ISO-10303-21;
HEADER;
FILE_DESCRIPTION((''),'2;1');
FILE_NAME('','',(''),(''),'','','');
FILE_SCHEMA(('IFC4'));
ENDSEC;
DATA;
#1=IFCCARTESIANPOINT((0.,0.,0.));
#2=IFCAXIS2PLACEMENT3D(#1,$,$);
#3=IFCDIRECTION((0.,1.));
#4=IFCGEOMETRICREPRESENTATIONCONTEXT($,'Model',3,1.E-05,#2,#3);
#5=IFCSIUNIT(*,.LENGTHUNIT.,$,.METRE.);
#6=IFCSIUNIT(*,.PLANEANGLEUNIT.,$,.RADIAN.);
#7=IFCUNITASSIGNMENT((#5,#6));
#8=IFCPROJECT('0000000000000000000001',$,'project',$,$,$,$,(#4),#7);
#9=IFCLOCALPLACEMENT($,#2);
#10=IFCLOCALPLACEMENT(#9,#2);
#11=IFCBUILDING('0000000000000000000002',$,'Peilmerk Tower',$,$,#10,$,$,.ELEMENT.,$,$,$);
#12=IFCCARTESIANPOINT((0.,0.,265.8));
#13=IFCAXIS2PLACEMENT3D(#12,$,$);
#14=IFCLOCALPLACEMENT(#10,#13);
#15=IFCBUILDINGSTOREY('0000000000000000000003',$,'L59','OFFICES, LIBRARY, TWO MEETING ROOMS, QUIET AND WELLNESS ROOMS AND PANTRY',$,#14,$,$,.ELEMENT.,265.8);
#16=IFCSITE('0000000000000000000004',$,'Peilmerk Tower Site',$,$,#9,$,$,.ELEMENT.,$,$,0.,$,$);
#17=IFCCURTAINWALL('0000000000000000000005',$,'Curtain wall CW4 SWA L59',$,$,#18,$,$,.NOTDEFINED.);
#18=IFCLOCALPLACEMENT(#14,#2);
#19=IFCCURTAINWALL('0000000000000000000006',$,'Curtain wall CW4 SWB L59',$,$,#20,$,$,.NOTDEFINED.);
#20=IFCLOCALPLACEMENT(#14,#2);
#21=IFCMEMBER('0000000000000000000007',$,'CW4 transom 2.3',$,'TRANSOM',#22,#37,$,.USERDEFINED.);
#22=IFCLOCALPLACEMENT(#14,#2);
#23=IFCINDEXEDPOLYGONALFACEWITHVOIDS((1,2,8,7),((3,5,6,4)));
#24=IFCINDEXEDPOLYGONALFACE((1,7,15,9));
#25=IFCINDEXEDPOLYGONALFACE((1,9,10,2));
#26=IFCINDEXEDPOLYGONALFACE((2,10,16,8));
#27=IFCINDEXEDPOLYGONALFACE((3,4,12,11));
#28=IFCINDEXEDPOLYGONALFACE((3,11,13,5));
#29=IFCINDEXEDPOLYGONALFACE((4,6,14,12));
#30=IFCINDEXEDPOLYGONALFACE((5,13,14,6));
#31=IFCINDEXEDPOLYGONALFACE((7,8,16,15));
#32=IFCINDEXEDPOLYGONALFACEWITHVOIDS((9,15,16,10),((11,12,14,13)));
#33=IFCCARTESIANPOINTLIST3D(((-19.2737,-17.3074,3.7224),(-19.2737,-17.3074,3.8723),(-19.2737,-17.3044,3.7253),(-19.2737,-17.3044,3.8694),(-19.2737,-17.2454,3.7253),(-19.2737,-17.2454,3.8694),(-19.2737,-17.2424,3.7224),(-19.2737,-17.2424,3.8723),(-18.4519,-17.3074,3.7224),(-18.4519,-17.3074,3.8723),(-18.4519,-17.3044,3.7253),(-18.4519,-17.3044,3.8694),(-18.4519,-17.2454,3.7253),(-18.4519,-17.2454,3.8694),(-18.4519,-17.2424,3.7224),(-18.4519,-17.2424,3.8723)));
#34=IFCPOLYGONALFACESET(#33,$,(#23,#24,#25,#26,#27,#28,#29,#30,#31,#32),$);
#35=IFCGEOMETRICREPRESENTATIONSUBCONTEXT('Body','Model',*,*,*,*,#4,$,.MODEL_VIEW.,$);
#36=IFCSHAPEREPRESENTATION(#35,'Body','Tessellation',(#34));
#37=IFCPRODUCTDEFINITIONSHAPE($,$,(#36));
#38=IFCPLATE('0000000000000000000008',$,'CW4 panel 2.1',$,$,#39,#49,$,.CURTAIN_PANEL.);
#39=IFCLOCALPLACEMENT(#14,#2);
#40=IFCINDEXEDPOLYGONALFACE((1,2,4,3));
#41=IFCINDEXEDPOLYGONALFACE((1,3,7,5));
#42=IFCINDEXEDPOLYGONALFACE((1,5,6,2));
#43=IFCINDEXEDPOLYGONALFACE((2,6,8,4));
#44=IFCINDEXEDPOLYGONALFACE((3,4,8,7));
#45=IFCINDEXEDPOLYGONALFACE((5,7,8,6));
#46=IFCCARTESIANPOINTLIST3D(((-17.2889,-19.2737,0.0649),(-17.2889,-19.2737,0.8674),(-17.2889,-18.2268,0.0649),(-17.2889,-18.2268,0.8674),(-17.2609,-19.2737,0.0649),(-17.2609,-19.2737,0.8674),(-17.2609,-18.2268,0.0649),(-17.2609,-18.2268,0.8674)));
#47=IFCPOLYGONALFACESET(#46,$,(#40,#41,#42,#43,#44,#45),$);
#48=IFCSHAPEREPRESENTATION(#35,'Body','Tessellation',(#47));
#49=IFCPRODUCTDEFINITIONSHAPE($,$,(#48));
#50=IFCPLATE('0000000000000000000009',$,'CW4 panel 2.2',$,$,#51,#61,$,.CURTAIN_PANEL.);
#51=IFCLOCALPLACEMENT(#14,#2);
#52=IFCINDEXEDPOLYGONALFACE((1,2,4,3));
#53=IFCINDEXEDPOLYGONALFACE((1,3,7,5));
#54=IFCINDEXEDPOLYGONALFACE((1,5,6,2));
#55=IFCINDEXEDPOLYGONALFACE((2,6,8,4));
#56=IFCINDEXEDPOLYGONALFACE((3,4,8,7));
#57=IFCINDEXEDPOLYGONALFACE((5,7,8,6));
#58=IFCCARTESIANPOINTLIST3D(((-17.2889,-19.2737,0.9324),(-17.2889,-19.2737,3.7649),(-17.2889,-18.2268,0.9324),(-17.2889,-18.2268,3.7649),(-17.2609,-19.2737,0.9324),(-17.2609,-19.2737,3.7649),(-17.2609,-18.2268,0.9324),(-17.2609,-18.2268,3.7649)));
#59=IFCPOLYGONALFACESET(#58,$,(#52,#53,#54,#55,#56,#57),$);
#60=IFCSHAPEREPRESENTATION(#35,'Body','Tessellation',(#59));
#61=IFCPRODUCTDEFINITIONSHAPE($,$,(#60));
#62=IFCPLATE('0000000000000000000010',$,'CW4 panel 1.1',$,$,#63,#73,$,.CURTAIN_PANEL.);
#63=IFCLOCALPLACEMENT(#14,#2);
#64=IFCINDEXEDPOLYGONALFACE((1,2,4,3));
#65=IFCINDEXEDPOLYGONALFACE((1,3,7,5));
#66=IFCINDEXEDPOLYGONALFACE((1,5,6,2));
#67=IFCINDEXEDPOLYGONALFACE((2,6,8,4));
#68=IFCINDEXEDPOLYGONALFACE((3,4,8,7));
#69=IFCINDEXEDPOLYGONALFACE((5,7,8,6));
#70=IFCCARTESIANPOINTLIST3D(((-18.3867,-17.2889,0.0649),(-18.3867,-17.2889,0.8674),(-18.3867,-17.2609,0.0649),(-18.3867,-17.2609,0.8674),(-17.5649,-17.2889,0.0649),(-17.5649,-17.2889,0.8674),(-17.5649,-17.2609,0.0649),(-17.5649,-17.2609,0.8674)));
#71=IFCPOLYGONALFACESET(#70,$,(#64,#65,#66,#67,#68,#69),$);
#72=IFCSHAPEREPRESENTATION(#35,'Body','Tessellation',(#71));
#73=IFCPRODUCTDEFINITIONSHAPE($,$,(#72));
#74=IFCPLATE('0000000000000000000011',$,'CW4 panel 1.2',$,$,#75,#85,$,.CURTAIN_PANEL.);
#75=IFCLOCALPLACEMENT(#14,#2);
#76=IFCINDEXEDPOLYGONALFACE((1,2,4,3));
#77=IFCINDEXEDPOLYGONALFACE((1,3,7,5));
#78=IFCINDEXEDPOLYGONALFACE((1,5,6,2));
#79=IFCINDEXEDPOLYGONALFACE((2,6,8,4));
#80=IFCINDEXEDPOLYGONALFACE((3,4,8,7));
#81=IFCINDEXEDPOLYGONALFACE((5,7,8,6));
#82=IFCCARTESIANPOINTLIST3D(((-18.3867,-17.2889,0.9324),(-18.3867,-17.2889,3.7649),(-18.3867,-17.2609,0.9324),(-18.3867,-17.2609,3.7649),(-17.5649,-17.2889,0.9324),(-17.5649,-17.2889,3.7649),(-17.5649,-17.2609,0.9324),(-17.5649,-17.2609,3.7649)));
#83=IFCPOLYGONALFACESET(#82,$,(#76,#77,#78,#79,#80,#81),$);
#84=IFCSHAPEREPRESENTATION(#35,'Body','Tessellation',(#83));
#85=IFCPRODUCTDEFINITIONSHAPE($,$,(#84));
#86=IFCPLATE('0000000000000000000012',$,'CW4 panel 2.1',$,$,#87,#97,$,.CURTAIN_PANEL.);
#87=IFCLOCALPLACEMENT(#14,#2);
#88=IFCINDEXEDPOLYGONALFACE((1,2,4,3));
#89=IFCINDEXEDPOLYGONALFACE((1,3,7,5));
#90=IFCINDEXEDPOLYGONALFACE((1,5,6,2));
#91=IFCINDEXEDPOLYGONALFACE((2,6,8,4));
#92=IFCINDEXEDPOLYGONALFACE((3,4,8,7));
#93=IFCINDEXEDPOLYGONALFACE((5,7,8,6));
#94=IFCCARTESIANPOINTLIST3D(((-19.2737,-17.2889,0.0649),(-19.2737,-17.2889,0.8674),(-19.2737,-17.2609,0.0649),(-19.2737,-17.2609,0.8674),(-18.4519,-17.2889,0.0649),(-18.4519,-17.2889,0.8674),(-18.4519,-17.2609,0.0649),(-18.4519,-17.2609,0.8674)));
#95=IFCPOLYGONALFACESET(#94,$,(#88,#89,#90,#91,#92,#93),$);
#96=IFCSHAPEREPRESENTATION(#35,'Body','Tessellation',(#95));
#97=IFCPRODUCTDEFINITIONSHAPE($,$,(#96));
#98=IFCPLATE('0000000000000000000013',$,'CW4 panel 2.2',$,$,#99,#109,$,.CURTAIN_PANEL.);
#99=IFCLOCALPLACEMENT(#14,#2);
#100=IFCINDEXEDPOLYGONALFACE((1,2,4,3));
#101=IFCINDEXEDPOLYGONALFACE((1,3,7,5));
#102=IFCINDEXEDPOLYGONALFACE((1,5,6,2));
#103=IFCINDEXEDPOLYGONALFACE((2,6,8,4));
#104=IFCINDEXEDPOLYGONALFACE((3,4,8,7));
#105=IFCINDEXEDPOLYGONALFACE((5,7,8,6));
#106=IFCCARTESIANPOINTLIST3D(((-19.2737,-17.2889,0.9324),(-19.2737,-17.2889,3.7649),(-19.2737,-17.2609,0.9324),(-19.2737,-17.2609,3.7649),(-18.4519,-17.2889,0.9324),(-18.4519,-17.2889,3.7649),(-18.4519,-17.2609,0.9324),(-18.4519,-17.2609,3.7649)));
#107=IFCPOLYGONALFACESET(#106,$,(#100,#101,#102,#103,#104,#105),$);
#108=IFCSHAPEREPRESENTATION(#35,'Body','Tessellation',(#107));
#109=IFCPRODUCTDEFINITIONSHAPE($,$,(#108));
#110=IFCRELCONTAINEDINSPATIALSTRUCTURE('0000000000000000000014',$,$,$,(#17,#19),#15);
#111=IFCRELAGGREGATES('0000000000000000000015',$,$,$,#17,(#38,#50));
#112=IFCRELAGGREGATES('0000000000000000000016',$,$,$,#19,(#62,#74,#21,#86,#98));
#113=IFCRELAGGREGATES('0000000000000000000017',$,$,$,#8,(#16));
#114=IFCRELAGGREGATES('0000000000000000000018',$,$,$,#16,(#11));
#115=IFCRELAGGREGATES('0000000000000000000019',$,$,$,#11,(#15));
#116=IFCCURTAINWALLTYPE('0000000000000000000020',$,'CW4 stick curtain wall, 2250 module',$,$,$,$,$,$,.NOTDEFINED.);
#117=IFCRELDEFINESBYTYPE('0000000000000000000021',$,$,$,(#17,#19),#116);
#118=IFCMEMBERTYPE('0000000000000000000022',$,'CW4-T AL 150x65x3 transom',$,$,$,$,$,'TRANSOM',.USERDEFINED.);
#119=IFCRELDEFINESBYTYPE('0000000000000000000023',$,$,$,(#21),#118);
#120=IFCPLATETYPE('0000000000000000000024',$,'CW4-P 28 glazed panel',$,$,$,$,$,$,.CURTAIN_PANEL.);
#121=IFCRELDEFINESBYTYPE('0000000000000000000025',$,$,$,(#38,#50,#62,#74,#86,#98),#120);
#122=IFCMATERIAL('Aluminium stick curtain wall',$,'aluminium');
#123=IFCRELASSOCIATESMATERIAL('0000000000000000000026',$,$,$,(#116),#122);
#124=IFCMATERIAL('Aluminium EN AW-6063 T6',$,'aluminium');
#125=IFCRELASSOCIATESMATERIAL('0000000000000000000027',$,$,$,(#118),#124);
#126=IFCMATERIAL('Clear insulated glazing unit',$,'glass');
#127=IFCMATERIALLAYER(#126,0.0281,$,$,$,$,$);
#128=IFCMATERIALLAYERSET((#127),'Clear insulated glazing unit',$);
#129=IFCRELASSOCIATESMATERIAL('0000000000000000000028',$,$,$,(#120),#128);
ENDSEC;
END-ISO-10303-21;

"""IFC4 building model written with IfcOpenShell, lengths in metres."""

from ifc_helpers import new_model, si_unit, direction, frame, origin, origin_2d, place, context, subcontext, project, spatial, rectangle, hollow_rectangle, extrude, material, layer, layer_set, material_profile, profile_set, type_object, element, aggregate, save


model = new_model("IFC4")

# Units and contexts
model_context = context("Model", 3, precision=1e-05, world=origin(), true_north=direction((0.0, 1.0)))
body_context = subcontext(model_context, "Body", "Model", "MODEL_VIEW")
ifc_project = project(units=[si_unit("LENGTHUNIT", "METRE"), si_unit("PLANEANGLEUNIT", "RADIAN")], contexts=[model_context])

# Site, building, storey
site_placement = place(None, origin())
site = spatial("IfcSite", under=ifc_project, at=site_placement, Name="Peilmerk Tower Site", CompositionType="ELEMENT", RefElevation=0.0)
building_placement = place(site_placement, origin())
building = spatial("IfcBuilding", under=site, at=building_placement, Name="Peilmerk Tower", CompositionType="ELEMENT")
storey_placement = place(building_placement, frame((0.0, 0.0, 265.8)))
storey = spatial("IfcBuildingStorey", under=building, at=storey_placement, Name="L59", Description="OFFICES, LIBRARY, TWO MEETING ROOMS, QUIET AND WELLNESS ROOMS AND PANTRY", CompositionType="ELEMENT", Elevation=265.8)

# Curtain wall
ifc_material_1 = material(Name="Aluminium stick curtain wall", Category="aluminium")
curtain_wall_type = type_object("IfcCurtainWallType", Name="CW4 stick curtain wall, 2250 module", PredefinedType="NOTDEFINED", material=ifc_material_1)
curtain_wall_1_placement = place(storey_placement, origin())
curtain_wall_1 = element("IfcCurtainWall", 1, at=curtain_wall_1_placement, inside=storey, type_object=curtain_wall_type, Name="Curtain wall CW4 SWA L59", PredefinedType="NOTDEFINED")
ifc_material_2 = material(Name="Aluminium EN AW-6063 T6", Category="aluminium")

# Curtain wall
curtain_wall_2_placement = place(storey_placement, origin())
curtain_wall_2 = element("IfcCurtainWall", 2, at=curtain_wall_2_placement, inside=storey, type_object=curtain_wall_type, Name="Curtain wall CW4 SWB L59", PredefinedType="NOTDEFINED")

# Member
ifc_material_profile_1 = material_profile(ifc_material_2, hollow_rectangle(XDim=0.0649, YDim=0.1499, WallThickness=0.0029, at=origin_2d()), Name="AL 150x65x3")
ifc_profile_set_1 = profile_set([ifc_material_profile_1], Name="Aluminium EN AW-6063 T6")
member_type_1 = type_object("IfcMemberType", Name="CW4-T AL 150x65x3 transom", ElementType="TRANSOM", PredefinedType="USERDEFINED", material=ifc_profile_set_1)
member_1_placement = place(storey_placement, frame((-18.4519, -17.2749, 3.7974), z_axis=(-1.0, 0.0, 0.0), x_axis=(0.0, -1.0, 0.0)))
member_1 = element("IfcMember", 3, at=member_1_placement, type_object=member_type_1, Name="CW4 transom 2.3", ObjectType="TRANSOM", PredefinedType="USERDEFINED", context=body_context, shape_type="SweptSolid", body=[
    extrude(hollow_rectangle(XDim=0.0649, YDim=0.1499, WallThickness=0.0029, at=origin_2d()), origin(), (0.0, 0.0, 1.0), 0.8218),
])

# Plates
ifc_material_3 = material(Name="Clear insulated glazing unit", Category="glass")
ifc_layer_1 = layer(ifc_material_3, 0.0281)
ifc_layer_set_1 = layer_set([ifc_layer_1], Name="Clear insulated glazing unit")
plate_type = type_object("IfcPlateType", Name="CW4-P 28 glazed panel", PredefinedType="CURTAIN_PANEL", material=ifc_layer_set_1)
plate_1_placement = place(storey_placement, frame((-17.2749, -18.7502, 0.0649), z_axis=(0.0, 0.0, 1.0), x_axis=(0.0, -1.0, 0.0)))
plate_1 = element("IfcPlate", 4, at=plate_1_placement, type_object=plate_type, Name="CW4 panel 2.1", PredefinedType="CURTAIN_PANEL", context=body_context, shape_type="SweptSolid", body=[
    extrude(rectangle(XDim=1.0469, YDim=0.0281, at=origin_2d()), origin(), (0.0, 0.0, 1.0), 0.8025),
])
plate_2_placement = place(storey_placement, frame((-17.2749, -18.7502, 0.9324), z_axis=(0.0, 0.0, 1.0), x_axis=(0.0, -1.0, 0.0)))
plate_2 = element("IfcPlate", 5, at=plate_2_placement, type_object=plate_type, Name="CW4 panel 2.2", PredefinedType="CURTAIN_PANEL", context=body_context, shape_type="SweptSolid", body=[
    extrude(rectangle(XDim=1.0469, YDim=0.0281, at=origin_2d()), origin(), (0.0, 0.0, 1.0), 2.8325),
])
aggregate(curtain_wall_1, [plate_1, plate_2])
plate_3_placement = place(storey_placement, frame((-17.9758, -17.2749, 0.0649), z_axis=(0.0, 0.0, 1.0), x_axis=(-1.0, 0.0, 0.0)))
plate_3 = element("IfcPlate", 6, at=plate_3_placement, type_object=plate_type, Name="CW4 panel 1.1", PredefinedType="CURTAIN_PANEL", context=body_context, shape_type="SweptSolid", body=[
    extrude(rectangle(XDim=0.8218, YDim=0.0281, at=origin_2d()), origin(), (0.0, 0.0, 1.0), 0.8025),
])
plate_4_placement = place(storey_placement, frame((-17.9758, -17.2749, 0.9324), z_axis=(0.0, 0.0, 1.0), x_axis=(-1.0, 0.0, 0.0)))
plate_4 = element("IfcPlate", 7, at=plate_4_placement, type_object=plate_type, Name="CW4 panel 1.2", PredefinedType="CURTAIN_PANEL", context=body_context, shape_type="SweptSolid", body=[
    extrude(rectangle(XDim=0.8218, YDim=0.0281, at=origin_2d()), origin(), (0.0, 0.0, 1.0), 2.8325),
])
plate_5_placement = place(storey_placement, frame((-18.8628, -17.2749, 0.0649), z_axis=(0.0, 0.0, 1.0), x_axis=(-1.0, 0.0, 0.0)))
plate_5 = element("IfcPlate", 8, at=plate_5_placement, type_object=plate_type, Name="CW4 panel 2.1", PredefinedType="CURTAIN_PANEL", context=body_context, shape_type="SweptSolid", body=[
    extrude(rectangle(XDim=0.8218, YDim=0.0281, at=origin_2d()), origin(), (0.0, 0.0, 1.0), 0.8025),
])
plate_6_placement = place(storey_placement, frame((-18.8628, -17.2749, 0.9324), z_axis=(0.0, 0.0, 1.0), x_axis=(-1.0, 0.0, 0.0)))
plate_6 = element("IfcPlate", 9, at=plate_6_placement, type_object=plate_type, Name="CW4 panel 2.2", PredefinedType="CURTAIN_PANEL", context=body_context, shape_type="SweptSolid", body=[
    extrude(rectangle(XDim=0.8218, YDim=0.0281, at=origin_2d()), origin(), (0.0, 0.0, 1.0), 2.8325),
])
aggregate(curtain_wall_2, [plate_3, plate_4, member_1, plate_5, plate_6])

save(model, "model.ifc")
